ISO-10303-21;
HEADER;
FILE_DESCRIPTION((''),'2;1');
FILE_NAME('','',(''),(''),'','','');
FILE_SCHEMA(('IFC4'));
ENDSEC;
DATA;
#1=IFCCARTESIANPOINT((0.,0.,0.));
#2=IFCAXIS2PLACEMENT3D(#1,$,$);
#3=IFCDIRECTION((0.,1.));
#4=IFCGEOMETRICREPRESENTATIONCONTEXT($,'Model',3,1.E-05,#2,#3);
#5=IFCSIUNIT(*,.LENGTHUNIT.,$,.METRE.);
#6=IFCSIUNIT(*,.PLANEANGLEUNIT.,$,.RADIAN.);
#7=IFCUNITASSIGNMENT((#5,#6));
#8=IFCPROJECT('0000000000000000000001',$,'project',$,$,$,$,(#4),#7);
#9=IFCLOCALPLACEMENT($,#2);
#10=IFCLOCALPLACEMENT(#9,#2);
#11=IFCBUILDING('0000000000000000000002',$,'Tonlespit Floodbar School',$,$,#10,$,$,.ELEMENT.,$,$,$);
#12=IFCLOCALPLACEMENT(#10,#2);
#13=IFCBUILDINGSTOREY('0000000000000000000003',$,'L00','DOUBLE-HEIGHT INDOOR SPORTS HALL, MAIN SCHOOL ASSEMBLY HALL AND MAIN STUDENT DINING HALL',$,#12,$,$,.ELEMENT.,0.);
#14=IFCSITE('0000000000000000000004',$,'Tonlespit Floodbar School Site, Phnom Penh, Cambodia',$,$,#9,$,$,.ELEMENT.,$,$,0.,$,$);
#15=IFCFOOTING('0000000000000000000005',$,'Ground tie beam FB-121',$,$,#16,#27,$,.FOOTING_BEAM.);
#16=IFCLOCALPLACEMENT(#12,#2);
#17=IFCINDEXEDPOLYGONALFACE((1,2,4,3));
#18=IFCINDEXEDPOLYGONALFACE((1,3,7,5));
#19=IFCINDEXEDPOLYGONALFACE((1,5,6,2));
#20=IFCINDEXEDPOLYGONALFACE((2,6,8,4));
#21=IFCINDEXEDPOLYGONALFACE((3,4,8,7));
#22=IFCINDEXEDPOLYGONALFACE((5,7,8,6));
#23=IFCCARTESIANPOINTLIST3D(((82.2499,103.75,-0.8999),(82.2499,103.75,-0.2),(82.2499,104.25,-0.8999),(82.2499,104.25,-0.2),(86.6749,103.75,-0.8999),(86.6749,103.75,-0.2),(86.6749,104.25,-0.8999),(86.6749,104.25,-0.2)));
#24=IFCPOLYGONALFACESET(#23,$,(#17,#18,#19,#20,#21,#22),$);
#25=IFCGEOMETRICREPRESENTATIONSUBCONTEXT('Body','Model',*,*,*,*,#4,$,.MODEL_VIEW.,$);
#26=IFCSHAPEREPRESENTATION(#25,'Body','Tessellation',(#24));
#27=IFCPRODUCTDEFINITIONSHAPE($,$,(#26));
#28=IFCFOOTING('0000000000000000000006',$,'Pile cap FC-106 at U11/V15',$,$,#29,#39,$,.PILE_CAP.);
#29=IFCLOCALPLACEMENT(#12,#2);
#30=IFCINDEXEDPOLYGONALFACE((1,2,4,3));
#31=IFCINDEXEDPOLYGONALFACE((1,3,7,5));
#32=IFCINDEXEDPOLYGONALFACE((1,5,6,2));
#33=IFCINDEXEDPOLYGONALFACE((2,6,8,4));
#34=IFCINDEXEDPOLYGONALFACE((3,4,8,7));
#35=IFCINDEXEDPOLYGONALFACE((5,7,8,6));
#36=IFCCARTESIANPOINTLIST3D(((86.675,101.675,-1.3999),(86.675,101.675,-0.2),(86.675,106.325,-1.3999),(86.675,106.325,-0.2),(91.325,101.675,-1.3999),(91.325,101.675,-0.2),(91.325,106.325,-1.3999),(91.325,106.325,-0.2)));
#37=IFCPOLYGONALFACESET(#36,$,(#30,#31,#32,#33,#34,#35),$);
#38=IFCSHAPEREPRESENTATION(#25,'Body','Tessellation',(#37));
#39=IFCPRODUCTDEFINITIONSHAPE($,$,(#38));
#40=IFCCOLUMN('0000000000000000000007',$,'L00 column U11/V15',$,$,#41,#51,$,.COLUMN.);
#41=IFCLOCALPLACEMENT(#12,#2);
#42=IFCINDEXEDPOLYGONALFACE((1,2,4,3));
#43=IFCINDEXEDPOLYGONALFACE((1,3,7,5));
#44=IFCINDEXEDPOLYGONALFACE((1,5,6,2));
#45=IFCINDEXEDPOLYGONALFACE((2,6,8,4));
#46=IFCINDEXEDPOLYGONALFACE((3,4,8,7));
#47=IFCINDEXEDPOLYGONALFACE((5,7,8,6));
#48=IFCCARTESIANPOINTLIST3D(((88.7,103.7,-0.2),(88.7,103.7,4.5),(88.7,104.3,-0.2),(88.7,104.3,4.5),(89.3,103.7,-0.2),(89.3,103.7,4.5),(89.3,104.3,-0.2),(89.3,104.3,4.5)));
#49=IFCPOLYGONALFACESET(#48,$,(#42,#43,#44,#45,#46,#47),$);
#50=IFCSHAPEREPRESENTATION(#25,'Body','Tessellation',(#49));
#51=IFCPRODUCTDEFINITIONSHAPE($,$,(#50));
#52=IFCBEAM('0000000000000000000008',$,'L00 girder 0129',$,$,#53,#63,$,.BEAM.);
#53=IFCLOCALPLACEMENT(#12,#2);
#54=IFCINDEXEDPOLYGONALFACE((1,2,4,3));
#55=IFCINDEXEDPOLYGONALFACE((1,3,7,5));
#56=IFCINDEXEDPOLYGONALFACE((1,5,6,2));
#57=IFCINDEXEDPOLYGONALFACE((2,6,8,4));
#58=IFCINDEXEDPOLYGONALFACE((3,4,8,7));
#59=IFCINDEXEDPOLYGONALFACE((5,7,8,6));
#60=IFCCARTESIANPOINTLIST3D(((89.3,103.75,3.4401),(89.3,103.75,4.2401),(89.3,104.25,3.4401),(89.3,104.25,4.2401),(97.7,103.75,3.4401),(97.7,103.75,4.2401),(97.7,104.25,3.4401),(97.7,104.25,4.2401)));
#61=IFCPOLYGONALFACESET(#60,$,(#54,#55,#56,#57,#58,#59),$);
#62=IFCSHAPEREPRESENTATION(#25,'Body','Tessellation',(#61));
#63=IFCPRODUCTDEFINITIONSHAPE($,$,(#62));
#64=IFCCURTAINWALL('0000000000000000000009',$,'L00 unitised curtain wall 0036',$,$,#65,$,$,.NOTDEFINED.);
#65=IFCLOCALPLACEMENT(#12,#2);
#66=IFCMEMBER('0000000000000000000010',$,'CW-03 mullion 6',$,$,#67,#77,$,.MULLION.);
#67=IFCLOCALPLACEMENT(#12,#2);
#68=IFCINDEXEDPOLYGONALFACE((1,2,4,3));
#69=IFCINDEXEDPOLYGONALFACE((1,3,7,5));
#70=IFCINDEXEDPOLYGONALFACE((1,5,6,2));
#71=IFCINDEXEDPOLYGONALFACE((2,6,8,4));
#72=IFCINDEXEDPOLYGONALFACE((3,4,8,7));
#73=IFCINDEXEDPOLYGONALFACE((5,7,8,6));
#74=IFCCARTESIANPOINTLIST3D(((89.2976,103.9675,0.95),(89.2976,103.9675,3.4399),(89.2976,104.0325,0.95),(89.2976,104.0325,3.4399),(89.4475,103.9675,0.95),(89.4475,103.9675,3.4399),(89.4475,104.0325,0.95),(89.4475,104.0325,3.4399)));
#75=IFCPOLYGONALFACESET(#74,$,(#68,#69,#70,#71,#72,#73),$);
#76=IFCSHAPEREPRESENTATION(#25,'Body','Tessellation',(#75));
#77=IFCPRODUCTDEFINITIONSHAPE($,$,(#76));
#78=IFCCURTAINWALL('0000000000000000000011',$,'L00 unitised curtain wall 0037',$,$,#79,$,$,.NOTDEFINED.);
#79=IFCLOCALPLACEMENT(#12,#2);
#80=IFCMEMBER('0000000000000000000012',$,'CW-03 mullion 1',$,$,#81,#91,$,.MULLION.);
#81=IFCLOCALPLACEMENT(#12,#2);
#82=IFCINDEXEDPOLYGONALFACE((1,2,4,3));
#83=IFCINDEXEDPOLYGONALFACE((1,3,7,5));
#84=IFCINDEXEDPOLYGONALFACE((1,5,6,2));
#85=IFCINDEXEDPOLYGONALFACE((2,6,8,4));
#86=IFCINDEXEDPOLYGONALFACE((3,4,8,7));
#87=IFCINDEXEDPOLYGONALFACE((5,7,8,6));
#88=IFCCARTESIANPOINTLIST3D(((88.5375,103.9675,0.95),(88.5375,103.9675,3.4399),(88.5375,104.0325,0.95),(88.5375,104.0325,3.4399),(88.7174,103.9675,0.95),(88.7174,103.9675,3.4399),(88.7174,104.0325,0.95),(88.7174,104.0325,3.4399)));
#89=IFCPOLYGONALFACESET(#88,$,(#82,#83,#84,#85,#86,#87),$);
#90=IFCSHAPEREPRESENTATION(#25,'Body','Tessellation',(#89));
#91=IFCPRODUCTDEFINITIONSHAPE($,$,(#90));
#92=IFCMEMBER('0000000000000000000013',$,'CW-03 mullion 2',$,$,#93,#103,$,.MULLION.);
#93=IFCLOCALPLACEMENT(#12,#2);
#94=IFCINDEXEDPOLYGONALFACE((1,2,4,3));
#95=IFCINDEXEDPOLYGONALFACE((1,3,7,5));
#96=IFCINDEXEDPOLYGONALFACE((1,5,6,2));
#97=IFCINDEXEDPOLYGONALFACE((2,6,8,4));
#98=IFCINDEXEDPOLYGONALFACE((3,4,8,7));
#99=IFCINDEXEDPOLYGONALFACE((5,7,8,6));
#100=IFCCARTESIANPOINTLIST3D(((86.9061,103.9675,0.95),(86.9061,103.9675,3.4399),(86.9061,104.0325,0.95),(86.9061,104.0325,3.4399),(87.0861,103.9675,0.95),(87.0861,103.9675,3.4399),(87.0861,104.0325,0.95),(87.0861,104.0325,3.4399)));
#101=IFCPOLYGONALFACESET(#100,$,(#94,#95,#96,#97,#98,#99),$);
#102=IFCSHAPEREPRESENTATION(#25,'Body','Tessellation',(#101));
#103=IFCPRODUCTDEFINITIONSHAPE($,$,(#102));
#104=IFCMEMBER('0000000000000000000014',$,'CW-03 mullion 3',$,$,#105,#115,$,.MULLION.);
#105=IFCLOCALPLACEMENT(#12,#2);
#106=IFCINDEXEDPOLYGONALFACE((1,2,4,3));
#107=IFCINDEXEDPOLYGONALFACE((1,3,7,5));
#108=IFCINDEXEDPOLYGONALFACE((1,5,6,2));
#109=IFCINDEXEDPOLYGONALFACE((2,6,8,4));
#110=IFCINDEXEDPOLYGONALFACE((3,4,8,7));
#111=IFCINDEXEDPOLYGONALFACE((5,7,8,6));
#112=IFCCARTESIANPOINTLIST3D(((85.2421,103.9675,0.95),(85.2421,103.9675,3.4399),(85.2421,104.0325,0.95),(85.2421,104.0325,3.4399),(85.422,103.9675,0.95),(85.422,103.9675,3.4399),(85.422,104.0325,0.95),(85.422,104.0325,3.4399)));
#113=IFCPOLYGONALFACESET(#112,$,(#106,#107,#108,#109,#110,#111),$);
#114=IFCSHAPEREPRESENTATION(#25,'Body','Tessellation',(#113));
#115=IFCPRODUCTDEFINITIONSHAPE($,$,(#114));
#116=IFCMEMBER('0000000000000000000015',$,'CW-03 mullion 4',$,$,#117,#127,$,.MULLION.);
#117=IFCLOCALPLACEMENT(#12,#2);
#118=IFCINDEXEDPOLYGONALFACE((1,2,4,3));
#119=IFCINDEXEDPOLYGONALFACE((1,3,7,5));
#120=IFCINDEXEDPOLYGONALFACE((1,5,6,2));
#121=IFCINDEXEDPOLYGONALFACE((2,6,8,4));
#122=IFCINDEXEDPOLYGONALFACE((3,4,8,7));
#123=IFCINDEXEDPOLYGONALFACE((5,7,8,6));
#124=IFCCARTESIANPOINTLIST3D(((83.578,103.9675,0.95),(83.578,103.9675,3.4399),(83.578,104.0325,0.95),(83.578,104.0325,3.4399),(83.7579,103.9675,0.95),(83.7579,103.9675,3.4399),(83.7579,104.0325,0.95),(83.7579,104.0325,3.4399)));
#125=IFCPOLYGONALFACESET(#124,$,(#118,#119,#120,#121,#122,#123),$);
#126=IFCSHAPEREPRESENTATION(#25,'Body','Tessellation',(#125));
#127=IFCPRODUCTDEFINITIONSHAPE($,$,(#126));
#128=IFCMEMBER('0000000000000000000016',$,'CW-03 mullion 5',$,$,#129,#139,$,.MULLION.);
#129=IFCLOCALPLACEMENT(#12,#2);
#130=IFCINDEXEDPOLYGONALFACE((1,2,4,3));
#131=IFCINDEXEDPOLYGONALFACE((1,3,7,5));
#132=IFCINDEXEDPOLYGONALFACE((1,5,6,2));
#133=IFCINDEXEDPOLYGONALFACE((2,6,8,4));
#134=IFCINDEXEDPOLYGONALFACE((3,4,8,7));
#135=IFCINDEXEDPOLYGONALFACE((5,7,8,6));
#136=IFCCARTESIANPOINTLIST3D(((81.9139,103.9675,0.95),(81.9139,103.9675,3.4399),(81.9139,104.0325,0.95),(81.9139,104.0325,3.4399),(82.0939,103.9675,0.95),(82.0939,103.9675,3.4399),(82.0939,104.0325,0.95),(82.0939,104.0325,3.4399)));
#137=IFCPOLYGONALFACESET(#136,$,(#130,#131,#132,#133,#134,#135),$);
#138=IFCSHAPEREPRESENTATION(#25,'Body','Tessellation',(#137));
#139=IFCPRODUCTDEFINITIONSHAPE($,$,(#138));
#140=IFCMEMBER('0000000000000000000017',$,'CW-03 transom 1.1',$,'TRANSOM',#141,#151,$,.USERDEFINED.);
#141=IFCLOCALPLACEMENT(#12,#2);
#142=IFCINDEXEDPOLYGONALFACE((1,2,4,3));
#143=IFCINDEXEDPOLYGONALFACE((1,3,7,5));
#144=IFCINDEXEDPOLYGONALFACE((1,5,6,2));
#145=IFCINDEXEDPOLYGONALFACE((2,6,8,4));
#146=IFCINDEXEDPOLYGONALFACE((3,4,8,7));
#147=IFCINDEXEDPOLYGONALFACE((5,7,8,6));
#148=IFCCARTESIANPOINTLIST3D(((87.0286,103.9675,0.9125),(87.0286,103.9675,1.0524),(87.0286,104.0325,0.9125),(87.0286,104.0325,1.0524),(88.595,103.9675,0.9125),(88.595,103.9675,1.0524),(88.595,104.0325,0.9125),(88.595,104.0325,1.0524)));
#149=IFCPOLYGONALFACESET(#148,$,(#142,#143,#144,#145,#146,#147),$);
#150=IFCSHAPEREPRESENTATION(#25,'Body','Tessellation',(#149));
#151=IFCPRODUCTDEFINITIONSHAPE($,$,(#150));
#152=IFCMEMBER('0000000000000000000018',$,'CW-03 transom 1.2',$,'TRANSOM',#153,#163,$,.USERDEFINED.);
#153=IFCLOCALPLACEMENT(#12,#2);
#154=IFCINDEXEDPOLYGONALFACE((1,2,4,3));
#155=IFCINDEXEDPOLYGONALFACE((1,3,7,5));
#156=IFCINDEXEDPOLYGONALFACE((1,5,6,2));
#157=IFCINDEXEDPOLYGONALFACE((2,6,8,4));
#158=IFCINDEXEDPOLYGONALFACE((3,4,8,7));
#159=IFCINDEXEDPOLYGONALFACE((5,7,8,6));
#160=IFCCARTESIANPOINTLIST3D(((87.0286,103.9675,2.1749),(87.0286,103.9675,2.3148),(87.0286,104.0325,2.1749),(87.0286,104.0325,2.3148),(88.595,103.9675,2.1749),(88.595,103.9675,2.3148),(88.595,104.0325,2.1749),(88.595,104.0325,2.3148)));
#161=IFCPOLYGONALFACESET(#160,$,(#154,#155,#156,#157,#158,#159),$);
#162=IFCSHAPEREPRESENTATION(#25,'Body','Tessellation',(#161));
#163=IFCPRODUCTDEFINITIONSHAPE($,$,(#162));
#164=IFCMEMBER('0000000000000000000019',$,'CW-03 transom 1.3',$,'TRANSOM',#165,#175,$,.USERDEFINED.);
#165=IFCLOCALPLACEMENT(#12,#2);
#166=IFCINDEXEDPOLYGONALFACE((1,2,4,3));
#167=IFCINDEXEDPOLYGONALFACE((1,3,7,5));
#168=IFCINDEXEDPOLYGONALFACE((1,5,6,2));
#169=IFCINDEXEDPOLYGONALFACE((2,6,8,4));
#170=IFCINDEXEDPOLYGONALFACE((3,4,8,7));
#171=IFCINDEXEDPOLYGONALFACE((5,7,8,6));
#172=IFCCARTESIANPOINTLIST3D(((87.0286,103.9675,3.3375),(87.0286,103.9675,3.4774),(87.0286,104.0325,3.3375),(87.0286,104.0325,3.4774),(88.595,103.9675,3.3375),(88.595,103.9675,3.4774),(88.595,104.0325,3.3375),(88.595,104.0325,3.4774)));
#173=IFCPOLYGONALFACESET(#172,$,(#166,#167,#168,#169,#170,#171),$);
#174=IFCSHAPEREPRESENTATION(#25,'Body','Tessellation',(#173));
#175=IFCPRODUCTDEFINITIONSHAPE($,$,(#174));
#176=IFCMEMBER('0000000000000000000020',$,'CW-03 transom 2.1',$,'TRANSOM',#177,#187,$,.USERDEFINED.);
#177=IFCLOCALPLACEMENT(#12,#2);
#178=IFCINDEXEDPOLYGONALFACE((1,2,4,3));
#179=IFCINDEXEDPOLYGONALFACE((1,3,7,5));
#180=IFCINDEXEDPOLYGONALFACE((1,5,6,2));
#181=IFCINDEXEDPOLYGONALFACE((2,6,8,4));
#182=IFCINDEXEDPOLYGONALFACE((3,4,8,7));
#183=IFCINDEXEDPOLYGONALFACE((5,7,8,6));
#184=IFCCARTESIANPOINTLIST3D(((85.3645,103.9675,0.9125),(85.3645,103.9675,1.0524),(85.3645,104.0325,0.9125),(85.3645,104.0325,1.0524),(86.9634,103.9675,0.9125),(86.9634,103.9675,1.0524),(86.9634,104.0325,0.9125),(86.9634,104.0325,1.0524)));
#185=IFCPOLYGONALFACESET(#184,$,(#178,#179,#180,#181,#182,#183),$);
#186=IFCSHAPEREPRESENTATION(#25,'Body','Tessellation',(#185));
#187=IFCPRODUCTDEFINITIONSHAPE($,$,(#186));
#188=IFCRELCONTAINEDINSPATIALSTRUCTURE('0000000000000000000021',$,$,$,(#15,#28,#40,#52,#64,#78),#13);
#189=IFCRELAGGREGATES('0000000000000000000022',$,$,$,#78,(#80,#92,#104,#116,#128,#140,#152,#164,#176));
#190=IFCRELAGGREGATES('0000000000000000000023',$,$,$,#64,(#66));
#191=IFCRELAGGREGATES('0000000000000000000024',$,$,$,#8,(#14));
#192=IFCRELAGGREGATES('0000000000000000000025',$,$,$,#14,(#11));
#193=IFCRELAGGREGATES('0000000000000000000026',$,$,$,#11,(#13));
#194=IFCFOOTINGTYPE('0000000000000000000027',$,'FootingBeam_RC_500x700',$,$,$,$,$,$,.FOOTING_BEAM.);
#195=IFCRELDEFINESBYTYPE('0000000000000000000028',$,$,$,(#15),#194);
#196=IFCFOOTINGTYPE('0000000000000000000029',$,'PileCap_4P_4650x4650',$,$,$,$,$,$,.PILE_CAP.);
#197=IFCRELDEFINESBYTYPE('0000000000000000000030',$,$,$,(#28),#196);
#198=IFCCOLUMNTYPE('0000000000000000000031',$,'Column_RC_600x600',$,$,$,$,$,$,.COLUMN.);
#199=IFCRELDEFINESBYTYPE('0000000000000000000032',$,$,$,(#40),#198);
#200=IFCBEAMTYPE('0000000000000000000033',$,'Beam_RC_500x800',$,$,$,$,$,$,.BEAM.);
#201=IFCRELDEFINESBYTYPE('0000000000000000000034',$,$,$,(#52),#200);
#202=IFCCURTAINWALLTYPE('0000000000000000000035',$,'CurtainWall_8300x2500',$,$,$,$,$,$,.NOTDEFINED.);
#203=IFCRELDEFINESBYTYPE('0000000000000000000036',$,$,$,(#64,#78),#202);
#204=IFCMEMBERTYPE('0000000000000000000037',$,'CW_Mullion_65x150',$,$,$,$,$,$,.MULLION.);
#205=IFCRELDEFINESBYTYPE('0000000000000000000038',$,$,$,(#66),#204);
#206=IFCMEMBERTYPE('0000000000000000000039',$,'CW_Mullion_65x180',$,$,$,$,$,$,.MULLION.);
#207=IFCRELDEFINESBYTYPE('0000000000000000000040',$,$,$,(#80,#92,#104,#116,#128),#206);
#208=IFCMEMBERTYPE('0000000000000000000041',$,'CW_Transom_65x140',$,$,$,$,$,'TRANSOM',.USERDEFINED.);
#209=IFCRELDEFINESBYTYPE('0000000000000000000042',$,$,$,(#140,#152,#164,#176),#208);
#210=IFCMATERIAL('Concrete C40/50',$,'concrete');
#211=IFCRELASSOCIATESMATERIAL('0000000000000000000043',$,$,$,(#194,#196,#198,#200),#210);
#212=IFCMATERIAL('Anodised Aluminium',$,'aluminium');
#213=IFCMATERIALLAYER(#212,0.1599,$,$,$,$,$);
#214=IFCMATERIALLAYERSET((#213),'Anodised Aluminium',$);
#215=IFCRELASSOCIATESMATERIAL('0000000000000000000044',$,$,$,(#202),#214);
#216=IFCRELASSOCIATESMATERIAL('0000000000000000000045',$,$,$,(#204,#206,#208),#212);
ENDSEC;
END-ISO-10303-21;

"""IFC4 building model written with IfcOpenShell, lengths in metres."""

from ifc_helpers import new_model, si_unit, direction, frame, origin, origin_2d, place, context, subcontext, project, spatial, rectangle, extrude, material, layer, layer_set, material_profile, profile_set, type_object, element, aggregate, save


model = new_model("IFC4")

# Units and contexts
model_context = context("Model", 3, precision=1e-05, world=origin(), true_north=direction((0.0, 1.0)))
body_context = subcontext(model_context, "Body", "Model", "MODEL_VIEW")
ifc_project = project(units=[si_unit("LENGTHUNIT", "METRE"), si_unit("PLANEANGLEUNIT", "RADIAN")], contexts=[model_context])

# Site, building, storey
site_placement = place(None, origin())
site = spatial("IfcSite", under=ifc_project, at=site_placement, Name="Tonlespit Floodbar School Site, Phnom Penh, Cambodia", CompositionType="ELEMENT", RefElevation=0.0)
building_placement = place(site_placement, origin())
building = spatial("IfcBuilding", under=site, at=building_placement, Name="Tonlespit Floodbar School", CompositionType="ELEMENT")
storey_placement = place(building_placement, origin())
storey = spatial("IfcBuildingStorey", under=building, at=storey_placement, Name="L00", Description="DOUBLE-HEIGHT INDOOR SPORTS HALL, MAIN SCHOOL ASSEMBLY HALL AND MAIN STUDENT DINING HALL", CompositionType="ELEMENT", Elevation=0.0)

# Footings
ifc_material_1 = material(Name="Concrete C40/50", Category="concrete")
footing_type_1 = type_object("IfcFootingType", Name="FootingBeam_RC_500x700", PredefinedType="FOOTING_BEAM", material=ifc_material_1)
footing_1_placement = place(storey_placement, frame((84.4624, 104.0, -0.8999), z_axis=(0.0, 0.0, 1.0), x_axis=(1.0, 0.0, 0.0)))
element("IfcFooting", 1, at=footing_1_placement, inside=storey, type_object=footing_type_1, Name="Ground tie beam FB-121", PredefinedType="FOOTING_BEAM", context=body_context, shape_type="SweptSolid", body=[
    extrude(rectangle(XDim=4.425, YDim=0.5, at=origin_2d()), origin(), (0.0, 0.0, 1.0), 0.7),
])
footing_type_2 = type_object("IfcFootingType", Name="PileCap_4P_4650x4650", PredefinedType="PILE_CAP", material=ifc_material_1)
footing_2_placement = place(storey_placement, frame((89.0, 104.0, -1.3999), z_axis=(0.0, 0.0, 1.0), x_axis=(1.0, 0.0, 0.0)))
element("IfcFooting", 2, at=footing_2_placement, inside=storey, type_object=footing_type_2, Name="Pile cap FC-106 at U11/V15", PredefinedType="PILE_CAP", context=body_context, shape_type="SweptSolid", body=[
    extrude(rectangle(XDim=4.6499, YDim=4.6499, at=origin_2d()), origin(), (0.0, 0.0, 1.0), 1.2),
])

# Column
ifc_material_profile_1 = material_profile(ifc_material_1, rectangle(XDim=0.6001, YDim=0.6001, at=origin_2d()), Name="RC 600x600")
ifc_profile_set_1 = profile_set([ifc_material_profile_1], Name="Concrete C40/50")
column_type = type_object("IfcColumnType", Name="Column_RC_600x600", PredefinedType="COLUMN", material=ifc_profile_set_1)
column_placement = place(storey_placement, frame((89.0, 104.0, -0.2), z_axis=(0.0, 0.0, 1.0), x_axis=(1.0, 0.0, 0.0)))
element("IfcColumn", 3, at=column_placement, inside=storey, type_object=column_type, Name="L00 column U11/V15", PredefinedType="COLUMN", context=body_context, shape_type="SweptSolid", body=[
    extrude(rectangle(XDim=0.6001, YDim=0.6001, at=origin_2d()), origin(), (0.0, 0.0, 1.0), 4.7),
])

# Beam
ifc_material_profile_2 = material_profile(ifc_material_1, rectangle(XDim=0.5, YDim=0.8, at=origin_2d()), Name="RC 500x800")
ifc_profile_set_2 = profile_set([ifc_material_profile_2], Name="Concrete C40/50")
beam_type = type_object("IfcBeamType", Name="Beam_RC_500x800", PredefinedType="BEAM", material=ifc_profile_set_2)
beam_placement = place(storey_placement, frame((89.3, 104.0, 3.8401), z_axis=(1.0, 0.0, 0.0), x_axis=(0.0, 1.0, 0.0)))
element("IfcBeam", 4, at=beam_placement, inside=storey, type_object=beam_type, Name="L00 girder 0129", PredefinedType="BEAM", context=body_context, shape_type="SweptSolid", body=[
    extrude(rectangle(XDim=0.5, YDim=0.8, at=origin_2d()), origin(), (0.0, 0.0, 1.0), 8.3999),
])

# Curtain wall, member
ifc_material_2 = material(Name="Anodised Aluminium", Category="aluminium")
ifc_layer_1 = layer(ifc_material_2, 0.1599)
ifc_layer_set_1 = layer_set([ifc_layer_1], Name="Anodised Aluminium")
curtain_wall_type = type_object("IfcCurtainWallType", Name="CurtainWall_8300x2500", PredefinedType="NOTDEFINED", material=ifc_layer_set_1)
curtain_wall_1_placement = place(storey_placement, origin())
curtain_wall_1 = element("IfcCurtainWall", 5, at=curtain_wall_1_placement, inside=storey, type_object=curtain_wall_type, Name="L00 unitised curtain wall 0036", PredefinedType="NOTDEFINED")
ifc_material_profile_3 = material_profile(ifc_material_2, rectangle(XDim=0.0649, YDim=0.1499, at=origin_2d()), Name="ALU M65x150")
ifc_profile_set_3 = profile_set([ifc_material_profile_3], Name="Anodised Aluminium")
member_type_1 = type_object("IfcMemberType", Name="CW_Mullion_65x150", PredefinedType="MULLION", material=ifc_profile_set_3)
member_1_placement = place(storey_placement, frame((89.3726, 104.0, 0.95), z_axis=(0.0, 0.0, 1.0), x_axis=(0.0, -1.0, 0.0)))
member_1 = element("IfcMember", 6, at=member_1_placement, type_object=member_type_1, Name="CW-03 mullion 6", PredefinedType="MULLION", context=body_context, shape_type="SweptSolid", body=[
    extrude(rectangle(XDim=0.0649, YDim=0.1499, at=origin_2d()), origin(), (0.0, 0.0, 1.0), 2.49),
])

# Curtain wall, members
curtain_wall_2_placement = place(storey_placement, origin())
curtain_wall_2 = element("IfcCurtainWall", 7, at=curtain_wall_2_placement, inside=storey, type_object=curtain_wall_type, Name="L00 unitised curtain wall 0037", PredefinedType="NOTDEFINED")
ifc_material_profile_4 = material_profile(ifc_material_2, rectangle(XDim=0.0649, YDim=0.1799, at=origin_2d()), Name="ALU M65x180")
ifc_profile_set_4 = profile_set([ifc_material_profile_4], Name="Anodised Aluminium")
member_type_2 = type_object("IfcMemberType", Name="CW_Mullion_65x180", PredefinedType="MULLION", material=ifc_profile_set_4)
member_2_placement = place(storey_placement, frame((88.6274, 104.0, 0.95), z_axis=(0.0, 0.0, 1.0), x_axis=(0.0, -1.0, 0.0)))
member_2 = element("IfcMember", 8, at=member_2_placement, type_object=member_type_2, Name="CW-03 mullion 1", PredefinedType="MULLION", context=body_context, shape_type="SweptSolid", body=[
    extrude(rectangle(XDim=0.0649, YDim=0.1799, at=origin_2d()), origin(), (0.0, 0.0, 1.0), 2.49),
])
member_3_placement = place(storey_placement, frame((86.9961, 104.0, 0.95), z_axis=(0.0, 0.0, 1.0), x_axis=(0.0, -1.0, 0.0)))
member_3 = element("IfcMember", 9, at=member_3_placement, type_object=member_type_2, Name="CW-03 mullion 2", PredefinedType="MULLION", context=body_context, shape_type="SweptSolid", body=[
    extrude(rectangle(XDim=0.0649, YDim=0.1799, at=origin_2d()), origin(), (0.0, 0.0, 1.0), 2.49),
])
member_4_placement = place(storey_placement, frame((85.332, 104.0, 0.95), z_axis=(0.0, 0.0, 1.0), x_axis=(0.0, -1.0, 0.0)))
member_4 = element("IfcMember", 10, at=member_4_placement, type_object=member_type_2, Name="CW-03 mullion 3", PredefinedType="MULLION", context=body_context, shape_type="SweptSolid", body=[
    extrude(rectangle(XDim=0.0649, YDim=0.1799, at=origin_2d()), origin(), (0.0, 0.0, 1.0), 2.49),
])
member_5_placement = place(storey_placement, frame((83.668, 104.0, 0.95), z_axis=(0.0, 0.0, 1.0), x_axis=(0.0, -1.0, 0.0)))
member_5 = element("IfcMember", 11, at=member_5_placement, type_object=member_type_2, Name="CW-03 mullion 4", PredefinedType="MULLION", context=body_context, shape_type="SweptSolid", body=[
    extrude(rectangle(XDim=0.0649, YDim=0.1799, at=origin_2d()), origin(), (0.0, 0.0, 1.0), 2.49),
])
member_6_placement = place(storey_placement, frame((82.0039, 104.0, 0.95), z_axis=(0.0, 0.0, 1.0), x_axis=(0.0, -1.0, 0.0)))
member_6 = element("IfcMember", 12, at=member_6_placement, type_object=member_type_2, Name="CW-03 mullion 5", PredefinedType="MULLION", context=body_context, shape_type="SweptSolid", body=[
    extrude(rectangle(XDim=0.0649, YDim=0.1799, at=origin_2d()), origin(), (0.0, 0.0, 1.0), 2.49),
])
ifc_material_profile_5 = material_profile(ifc_material_2, rectangle(XDim=0.0649, YDim=0.1399, at=origin_2d()), Name="ALU T65x140")
ifc_profile_set_5 = profile_set([ifc_material_profile_5], Name="Anodised Aluminium")
member_type_3 = type_object("IfcMemberType", Name="CW_Transom_65x140", ElementType="TRANSOM", PredefinedType="USERDEFINED", material=ifc_profile_set_5)
member_7_placement = place(storey_placement, frame((88.595, 104.0, 0.9824), z_axis=(-1.0, 0.0, 0.0), x_axis=(0.0, -1.0, 0.0)))
member_7 = element("IfcMember", 13, at=member_7_placement, type_object=member_type_3, Name="CW-03 transom 1.1", ObjectType="TRANSOM", PredefinedType="USERDEFINED", context=body_context, shape_type="SweptSolid", body=[
    extrude(rectangle(XDim=0.0649, YDim=0.1399, at=origin_2d()), origin(), (0.0, 0.0, 1.0), 1.5664),
])
member_8_placement = place(storey_placement, frame((88.595, 104.0, 2.2449), z_axis=(-1.0, 0.0, 0.0), x_axis=(0.0, -1.0, 0.0)))
member_8 = element("IfcMember", 14, at=member_8_placement, type_object=member_type_3, Name="CW-03 transom 1.2", ObjectType="TRANSOM", PredefinedType="USERDEFINED", context=body_context, shape_type="SweptSolid", body=[
    extrude(rectangle(XDim=0.0649, YDim=0.1399, at=origin_2d()), origin(), (0.0, 0.0, 1.0), 1.5664),
])
member_9_placement = place(storey_placement, frame((88.595, 104.0, 3.4075), z_axis=(-1.0, 0.0, 0.0), x_axis=(0.0, -1.0, 0.0)))
member_9 = element("IfcMember", 15, at=member_9_placement, type_object=member_type_3, Name="CW-03 transom 1.3", ObjectType="TRANSOM", PredefinedType="USERDEFINED", context=body_context, shape_type="SweptSolid", body=[
    extrude(rectangle(XDim=0.0649, YDim=0.1399, at=origin_2d()), origin(), (0.0, 0.0, 1.0), 1.5664),
])
member_10_placement = place(storey_placement, frame((86.9634, 104.0, 0.9824), z_axis=(-1.0, 0.0, 0.0), x_axis=(0.0, -1.0, 0.0)))
member_10 = element("IfcMember", 16, at=member_10_placement, type_object=member_type_3, Name="CW-03 transom 2.1", ObjectType="TRANSOM", PredefinedType="USERDEFINED", context=body_context, shape_type="SweptSolid", body=[
    extrude(rectangle(XDim=0.0649, YDim=0.1399, at=origin_2d()), origin(), (0.0, 0.0, 1.0), 1.5989),
])
aggregate(curtain_wall_2, [member_2, member_3, member_4, member_5, member_6, member_7, member_8, member_9, member_10])

aggregate(curtain_wall_1, [member_1])

save(model, "model.ifc")
